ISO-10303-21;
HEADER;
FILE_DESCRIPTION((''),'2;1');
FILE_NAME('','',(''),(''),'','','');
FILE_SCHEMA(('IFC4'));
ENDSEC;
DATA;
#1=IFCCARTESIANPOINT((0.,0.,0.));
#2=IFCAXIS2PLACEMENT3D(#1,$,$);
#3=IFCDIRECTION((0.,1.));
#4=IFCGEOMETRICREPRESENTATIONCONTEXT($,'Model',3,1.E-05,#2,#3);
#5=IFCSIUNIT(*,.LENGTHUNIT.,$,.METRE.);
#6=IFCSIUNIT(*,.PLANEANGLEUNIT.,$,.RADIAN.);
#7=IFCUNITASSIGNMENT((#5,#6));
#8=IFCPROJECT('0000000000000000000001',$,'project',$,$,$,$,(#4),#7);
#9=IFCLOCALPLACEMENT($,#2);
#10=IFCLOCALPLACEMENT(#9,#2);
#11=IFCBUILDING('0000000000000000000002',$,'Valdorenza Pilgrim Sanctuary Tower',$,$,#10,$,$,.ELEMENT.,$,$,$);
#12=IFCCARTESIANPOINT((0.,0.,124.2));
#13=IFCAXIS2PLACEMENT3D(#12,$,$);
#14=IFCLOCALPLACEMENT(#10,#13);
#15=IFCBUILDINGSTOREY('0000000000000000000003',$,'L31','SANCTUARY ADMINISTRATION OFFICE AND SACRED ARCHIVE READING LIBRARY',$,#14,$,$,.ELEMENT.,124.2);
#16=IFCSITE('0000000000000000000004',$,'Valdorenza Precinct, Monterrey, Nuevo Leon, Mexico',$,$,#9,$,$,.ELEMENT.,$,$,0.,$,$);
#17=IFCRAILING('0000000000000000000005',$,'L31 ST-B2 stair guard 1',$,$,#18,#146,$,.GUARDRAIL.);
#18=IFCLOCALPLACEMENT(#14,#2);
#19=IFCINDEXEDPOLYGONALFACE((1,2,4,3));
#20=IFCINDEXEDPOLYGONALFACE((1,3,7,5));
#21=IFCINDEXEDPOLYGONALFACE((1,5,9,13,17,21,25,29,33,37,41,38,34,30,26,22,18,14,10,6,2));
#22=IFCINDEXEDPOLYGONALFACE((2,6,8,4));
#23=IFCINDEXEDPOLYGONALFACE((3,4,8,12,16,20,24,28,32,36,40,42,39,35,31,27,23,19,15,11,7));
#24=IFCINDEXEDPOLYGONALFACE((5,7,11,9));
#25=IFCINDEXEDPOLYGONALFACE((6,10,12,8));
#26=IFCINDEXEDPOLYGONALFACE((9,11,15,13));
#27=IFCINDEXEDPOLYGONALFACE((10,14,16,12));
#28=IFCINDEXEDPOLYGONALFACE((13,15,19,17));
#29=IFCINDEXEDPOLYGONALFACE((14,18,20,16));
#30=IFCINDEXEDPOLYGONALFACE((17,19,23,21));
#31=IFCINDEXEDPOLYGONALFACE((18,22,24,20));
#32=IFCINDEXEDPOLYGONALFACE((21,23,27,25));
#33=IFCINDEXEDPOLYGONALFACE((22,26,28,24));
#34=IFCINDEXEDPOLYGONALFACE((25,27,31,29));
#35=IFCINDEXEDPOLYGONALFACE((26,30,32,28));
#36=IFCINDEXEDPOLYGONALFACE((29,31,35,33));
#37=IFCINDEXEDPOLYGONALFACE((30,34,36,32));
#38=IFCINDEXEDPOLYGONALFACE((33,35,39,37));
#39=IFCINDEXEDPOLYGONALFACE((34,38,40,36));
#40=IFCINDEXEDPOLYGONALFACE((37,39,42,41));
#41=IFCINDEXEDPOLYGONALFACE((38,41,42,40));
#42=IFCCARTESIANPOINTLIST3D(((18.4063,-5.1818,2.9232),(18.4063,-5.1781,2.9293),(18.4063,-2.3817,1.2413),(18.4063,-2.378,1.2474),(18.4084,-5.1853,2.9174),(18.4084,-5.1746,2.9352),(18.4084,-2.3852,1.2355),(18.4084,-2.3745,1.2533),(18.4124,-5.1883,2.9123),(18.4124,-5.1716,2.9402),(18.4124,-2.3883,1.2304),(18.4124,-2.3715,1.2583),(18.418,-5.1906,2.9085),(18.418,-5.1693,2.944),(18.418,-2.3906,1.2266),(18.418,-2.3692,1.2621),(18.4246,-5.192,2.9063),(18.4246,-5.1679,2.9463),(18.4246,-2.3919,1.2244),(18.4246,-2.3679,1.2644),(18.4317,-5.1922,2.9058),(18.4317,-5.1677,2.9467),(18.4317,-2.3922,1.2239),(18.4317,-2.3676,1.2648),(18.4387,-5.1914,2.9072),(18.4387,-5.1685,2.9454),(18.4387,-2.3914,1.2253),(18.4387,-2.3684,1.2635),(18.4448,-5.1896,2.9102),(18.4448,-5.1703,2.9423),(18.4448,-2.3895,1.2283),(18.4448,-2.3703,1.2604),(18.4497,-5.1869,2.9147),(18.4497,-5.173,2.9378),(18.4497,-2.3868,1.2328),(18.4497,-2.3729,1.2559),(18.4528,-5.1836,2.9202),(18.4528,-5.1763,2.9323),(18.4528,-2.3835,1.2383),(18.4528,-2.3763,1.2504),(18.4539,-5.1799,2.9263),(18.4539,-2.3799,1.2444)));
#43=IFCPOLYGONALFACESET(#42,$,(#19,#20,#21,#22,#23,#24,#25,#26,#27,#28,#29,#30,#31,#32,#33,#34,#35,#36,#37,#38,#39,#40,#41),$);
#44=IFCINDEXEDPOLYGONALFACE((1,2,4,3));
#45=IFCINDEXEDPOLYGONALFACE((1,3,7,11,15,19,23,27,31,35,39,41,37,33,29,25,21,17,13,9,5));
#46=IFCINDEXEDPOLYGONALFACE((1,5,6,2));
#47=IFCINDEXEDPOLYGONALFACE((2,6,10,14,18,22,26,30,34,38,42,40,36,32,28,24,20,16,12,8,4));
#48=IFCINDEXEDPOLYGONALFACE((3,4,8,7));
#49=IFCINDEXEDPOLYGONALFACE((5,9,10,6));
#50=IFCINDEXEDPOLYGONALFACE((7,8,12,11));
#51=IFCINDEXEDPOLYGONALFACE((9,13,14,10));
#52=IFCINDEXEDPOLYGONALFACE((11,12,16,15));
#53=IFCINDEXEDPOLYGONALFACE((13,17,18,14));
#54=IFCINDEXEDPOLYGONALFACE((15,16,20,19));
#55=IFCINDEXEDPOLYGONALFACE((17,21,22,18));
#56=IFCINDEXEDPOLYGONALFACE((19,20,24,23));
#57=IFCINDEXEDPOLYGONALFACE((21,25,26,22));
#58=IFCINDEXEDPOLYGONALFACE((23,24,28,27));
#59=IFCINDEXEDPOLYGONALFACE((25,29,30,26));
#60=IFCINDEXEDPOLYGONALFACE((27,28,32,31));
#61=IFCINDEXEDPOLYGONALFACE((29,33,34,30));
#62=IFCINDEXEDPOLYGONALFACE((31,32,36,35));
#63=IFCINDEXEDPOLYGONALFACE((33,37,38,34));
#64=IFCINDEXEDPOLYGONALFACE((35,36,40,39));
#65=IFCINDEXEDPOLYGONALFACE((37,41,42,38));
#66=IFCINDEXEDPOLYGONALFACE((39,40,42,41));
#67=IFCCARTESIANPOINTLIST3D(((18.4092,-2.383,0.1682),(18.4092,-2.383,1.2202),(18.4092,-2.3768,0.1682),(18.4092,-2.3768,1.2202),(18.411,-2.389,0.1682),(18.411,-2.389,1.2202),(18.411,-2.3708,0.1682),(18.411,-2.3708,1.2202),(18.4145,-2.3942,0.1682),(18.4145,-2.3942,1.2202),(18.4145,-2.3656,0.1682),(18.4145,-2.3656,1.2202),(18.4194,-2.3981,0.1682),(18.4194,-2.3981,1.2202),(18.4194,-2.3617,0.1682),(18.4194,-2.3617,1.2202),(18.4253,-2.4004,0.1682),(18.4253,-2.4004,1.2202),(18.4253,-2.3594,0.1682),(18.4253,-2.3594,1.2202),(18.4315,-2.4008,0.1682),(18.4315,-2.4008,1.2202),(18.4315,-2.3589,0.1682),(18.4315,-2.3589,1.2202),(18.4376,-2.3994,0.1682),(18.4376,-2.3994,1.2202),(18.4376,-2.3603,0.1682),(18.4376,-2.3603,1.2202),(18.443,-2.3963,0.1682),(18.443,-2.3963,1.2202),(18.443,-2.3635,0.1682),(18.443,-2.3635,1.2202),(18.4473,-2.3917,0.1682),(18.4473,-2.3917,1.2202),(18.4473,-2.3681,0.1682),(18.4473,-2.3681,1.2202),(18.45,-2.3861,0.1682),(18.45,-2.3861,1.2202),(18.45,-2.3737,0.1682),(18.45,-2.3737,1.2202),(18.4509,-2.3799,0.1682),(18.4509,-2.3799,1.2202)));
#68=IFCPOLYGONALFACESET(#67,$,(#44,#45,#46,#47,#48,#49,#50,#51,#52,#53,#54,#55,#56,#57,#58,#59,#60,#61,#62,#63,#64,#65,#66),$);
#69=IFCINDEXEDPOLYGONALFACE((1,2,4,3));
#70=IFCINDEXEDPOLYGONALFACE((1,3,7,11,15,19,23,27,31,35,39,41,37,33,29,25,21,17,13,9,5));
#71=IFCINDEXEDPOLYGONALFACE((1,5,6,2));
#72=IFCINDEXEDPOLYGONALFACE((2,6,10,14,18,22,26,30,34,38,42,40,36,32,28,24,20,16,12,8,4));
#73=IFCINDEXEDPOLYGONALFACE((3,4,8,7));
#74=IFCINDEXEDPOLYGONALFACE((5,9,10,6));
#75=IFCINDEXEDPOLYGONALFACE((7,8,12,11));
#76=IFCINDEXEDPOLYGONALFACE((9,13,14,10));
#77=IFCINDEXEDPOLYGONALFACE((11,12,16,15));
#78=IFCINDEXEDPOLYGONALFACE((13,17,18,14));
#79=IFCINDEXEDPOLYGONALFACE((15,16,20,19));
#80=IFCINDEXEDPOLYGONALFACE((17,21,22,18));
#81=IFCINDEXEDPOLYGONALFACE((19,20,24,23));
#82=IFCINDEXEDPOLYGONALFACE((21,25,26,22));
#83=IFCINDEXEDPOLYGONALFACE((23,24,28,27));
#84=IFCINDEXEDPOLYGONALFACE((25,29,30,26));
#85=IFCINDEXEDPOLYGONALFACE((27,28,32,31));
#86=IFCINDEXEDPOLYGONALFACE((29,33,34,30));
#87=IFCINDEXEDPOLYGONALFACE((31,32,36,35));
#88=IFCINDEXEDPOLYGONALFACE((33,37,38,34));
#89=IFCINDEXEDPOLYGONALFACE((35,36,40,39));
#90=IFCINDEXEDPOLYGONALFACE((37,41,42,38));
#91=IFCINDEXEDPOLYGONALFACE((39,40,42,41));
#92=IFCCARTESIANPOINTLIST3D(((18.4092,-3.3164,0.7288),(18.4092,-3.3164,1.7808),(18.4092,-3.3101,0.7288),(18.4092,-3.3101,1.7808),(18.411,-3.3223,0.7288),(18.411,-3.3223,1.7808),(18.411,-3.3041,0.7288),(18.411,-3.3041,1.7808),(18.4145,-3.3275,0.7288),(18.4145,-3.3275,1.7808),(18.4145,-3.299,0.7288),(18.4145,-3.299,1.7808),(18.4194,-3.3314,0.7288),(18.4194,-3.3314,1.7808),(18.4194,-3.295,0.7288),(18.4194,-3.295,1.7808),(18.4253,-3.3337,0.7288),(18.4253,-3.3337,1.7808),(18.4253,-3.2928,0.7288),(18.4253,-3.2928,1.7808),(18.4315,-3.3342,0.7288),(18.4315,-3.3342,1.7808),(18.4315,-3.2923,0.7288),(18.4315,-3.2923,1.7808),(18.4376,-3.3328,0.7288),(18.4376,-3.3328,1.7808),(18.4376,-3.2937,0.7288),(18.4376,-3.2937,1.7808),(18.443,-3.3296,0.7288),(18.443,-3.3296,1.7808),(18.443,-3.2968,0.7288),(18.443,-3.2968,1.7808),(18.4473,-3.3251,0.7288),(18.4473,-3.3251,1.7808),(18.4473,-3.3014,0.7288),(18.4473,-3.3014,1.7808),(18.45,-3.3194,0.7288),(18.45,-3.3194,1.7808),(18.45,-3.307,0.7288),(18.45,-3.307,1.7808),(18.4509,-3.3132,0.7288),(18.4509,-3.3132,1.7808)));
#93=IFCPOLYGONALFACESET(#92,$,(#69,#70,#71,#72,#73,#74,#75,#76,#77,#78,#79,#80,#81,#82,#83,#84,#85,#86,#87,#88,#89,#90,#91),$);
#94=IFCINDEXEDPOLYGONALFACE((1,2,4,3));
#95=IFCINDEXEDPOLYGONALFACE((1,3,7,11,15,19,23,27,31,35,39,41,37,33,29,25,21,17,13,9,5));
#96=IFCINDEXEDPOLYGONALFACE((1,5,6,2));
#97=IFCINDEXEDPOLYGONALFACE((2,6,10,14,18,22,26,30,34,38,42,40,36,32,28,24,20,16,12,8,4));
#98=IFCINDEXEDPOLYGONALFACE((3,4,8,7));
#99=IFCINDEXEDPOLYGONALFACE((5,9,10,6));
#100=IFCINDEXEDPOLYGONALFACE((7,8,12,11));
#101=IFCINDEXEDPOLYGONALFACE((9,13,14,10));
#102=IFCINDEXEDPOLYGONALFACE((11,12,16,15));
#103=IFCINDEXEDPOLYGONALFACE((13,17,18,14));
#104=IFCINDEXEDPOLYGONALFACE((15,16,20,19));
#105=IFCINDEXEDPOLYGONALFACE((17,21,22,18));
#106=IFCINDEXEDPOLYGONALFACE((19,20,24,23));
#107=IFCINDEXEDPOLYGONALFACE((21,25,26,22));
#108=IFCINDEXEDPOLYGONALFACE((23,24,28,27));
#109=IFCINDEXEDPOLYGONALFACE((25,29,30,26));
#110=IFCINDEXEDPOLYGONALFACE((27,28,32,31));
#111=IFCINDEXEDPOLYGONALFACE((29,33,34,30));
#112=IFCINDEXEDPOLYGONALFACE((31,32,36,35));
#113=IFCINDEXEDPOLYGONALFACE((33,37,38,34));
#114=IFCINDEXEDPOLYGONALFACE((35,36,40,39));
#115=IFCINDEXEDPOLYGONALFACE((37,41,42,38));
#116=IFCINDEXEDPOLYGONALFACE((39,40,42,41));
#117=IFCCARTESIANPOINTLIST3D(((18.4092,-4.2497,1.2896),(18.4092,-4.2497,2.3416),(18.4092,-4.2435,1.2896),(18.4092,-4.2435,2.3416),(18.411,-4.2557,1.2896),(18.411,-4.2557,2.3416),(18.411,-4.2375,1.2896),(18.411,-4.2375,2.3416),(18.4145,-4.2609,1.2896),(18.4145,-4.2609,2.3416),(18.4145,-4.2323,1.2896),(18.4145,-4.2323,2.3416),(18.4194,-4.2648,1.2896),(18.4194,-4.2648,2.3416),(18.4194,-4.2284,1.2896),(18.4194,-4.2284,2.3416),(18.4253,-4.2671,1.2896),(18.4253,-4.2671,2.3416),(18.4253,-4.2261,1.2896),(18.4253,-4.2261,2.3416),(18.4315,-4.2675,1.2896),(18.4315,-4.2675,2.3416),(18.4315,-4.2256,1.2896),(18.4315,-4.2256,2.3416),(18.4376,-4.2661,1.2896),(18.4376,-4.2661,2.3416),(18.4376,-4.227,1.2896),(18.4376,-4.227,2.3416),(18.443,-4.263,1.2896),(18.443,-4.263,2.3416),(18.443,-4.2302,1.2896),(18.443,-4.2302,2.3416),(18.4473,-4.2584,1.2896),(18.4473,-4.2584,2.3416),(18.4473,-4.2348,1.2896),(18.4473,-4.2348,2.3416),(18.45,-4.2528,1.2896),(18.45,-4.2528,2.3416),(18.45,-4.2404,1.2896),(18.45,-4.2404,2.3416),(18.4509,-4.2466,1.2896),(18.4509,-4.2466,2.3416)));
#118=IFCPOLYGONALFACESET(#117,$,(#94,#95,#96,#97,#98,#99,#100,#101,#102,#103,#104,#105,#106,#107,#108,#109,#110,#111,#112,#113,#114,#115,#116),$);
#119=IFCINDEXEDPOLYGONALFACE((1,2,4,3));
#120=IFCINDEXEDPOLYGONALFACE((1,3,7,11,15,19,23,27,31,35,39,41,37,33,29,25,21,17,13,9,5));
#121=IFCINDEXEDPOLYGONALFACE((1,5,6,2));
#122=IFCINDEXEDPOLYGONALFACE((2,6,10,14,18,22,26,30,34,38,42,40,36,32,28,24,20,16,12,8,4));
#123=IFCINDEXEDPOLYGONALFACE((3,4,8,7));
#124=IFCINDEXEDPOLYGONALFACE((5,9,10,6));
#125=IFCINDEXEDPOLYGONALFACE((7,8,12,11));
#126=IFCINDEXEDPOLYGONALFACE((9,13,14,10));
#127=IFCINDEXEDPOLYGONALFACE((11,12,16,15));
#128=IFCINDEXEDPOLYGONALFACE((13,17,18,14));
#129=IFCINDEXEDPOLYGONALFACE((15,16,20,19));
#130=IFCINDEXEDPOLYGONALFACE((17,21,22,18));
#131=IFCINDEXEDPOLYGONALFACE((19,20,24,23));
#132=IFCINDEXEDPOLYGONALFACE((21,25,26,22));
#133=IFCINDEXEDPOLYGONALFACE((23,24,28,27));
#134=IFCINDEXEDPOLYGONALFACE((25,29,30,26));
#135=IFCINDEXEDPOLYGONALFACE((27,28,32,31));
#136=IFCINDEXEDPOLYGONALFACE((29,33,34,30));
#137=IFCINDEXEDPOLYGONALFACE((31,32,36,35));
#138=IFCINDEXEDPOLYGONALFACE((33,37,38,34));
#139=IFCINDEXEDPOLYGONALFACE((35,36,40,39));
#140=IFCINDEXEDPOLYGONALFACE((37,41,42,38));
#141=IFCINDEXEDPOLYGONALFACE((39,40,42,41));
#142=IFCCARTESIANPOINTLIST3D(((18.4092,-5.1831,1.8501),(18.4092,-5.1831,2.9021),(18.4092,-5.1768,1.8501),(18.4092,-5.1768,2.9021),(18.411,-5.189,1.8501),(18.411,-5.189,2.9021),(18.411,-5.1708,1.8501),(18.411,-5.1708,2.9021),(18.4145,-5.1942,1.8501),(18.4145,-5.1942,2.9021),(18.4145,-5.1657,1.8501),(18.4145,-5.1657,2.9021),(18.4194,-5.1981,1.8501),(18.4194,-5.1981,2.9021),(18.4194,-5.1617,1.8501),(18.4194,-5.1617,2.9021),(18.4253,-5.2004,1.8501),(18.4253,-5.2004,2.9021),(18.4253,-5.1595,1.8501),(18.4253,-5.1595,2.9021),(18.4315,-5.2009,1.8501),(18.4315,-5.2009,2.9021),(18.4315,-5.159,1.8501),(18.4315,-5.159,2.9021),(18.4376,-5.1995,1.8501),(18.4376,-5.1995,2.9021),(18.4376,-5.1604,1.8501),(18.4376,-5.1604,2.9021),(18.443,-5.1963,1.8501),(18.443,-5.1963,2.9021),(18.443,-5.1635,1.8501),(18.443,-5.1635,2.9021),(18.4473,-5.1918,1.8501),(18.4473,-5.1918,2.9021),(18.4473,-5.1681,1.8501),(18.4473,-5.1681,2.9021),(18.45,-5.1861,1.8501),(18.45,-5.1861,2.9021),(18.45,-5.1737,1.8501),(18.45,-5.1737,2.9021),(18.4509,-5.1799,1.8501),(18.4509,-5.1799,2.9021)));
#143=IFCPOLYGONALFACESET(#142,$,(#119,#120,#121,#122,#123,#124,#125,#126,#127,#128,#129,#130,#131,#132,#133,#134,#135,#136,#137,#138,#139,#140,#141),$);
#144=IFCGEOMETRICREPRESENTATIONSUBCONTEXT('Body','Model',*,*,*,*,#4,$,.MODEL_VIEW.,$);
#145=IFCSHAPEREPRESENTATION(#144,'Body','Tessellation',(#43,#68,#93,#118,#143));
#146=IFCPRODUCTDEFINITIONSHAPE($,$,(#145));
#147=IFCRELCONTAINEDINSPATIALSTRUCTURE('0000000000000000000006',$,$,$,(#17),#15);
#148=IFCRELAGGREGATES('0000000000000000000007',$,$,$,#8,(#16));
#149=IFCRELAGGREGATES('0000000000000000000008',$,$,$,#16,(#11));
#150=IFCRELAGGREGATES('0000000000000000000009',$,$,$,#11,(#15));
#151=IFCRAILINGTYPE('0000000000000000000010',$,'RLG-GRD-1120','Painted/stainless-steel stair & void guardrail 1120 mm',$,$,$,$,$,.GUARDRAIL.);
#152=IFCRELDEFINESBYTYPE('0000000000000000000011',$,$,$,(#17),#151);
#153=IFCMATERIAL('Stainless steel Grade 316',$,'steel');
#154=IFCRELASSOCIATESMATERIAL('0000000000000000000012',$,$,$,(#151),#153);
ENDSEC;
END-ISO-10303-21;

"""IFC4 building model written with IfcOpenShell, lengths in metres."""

from ifc_helpers import new_model, si_unit, direction, frame, origin, origin_2d, place, context, subcontext, project, spatial, circle, extrude, material, type_object, element, save


model = new_model("IFC4")

# Units and contexts
model_context = context("Model", 3, precision=1e-05, world=origin(), true_north=direction((0.0, 1.0)))
body_context = subcontext(model_context, "Body", "Model", "MODEL_VIEW")
ifc_project = project(units=[si_unit("LENGTHUNIT", "METRE"), si_unit("PLANEANGLEUNIT", "RADIAN")], contexts=[model_context])

# Site, building, storey
site_placement = place(None, origin())
site = spatial("IfcSite", under=ifc_project, at=site_placement, Name="Valdorenza Precinct, Monterrey, Nuevo Leon, Mexico", CompositionType="ELEMENT", RefElevation=0.0)
building_placement = place(site_placement, origin())
building = spatial("IfcBuilding", under=site, at=building_placement, Name="Valdorenza Pilgrim Sanctuary Tower", CompositionType="ELEMENT")
storey_placement = place(building_placement, frame((0.0, 0.0, 124.2)))
storey = spatial("IfcBuildingStorey", under=building, at=storey_placement, Name="L31", Description="SANCTUARY ADMINISTRATION OFFICE AND SACRED ARCHIVE READING LIBRARY", CompositionType="ELEMENT", Elevation=124.2)

# Railing
ifc_material_1 = material(Name="Stainless steel Grade 316", Category="steel")
railing_type_1 = type_object("IfcRailingType", Name="RLG-GRD-1120", Description="Painted/stainless-steel stair & void guardrail 1120 mm", PredefinedType="GUARDRAIL", material=ifc_material_1)
railing_1_placement = place(storey_placement, frame((18.4299, -2.3799, 0.1682)))
element("IfcRailing", 1, at=railing_1_placement, inside=storey, type_object=railing_type_1, Name="L31 ST-B2 stair guard 1", PredefinedType="GUARDRAIL", context=body_context, shape_type="SweptSolid", body=[
    extrude(circle(Radius=0.0239, at=origin_2d()), frame((0.0, 0.0, 1.0762), z_axis=(0.0, -0.857242, 0.514913), x_axis=(1.0, 0.0, 0.0)), (0.0, 0.0, 1.0), 3.2664),
    extrude(circle(Radius=0.021, at=origin_2d()), origin(), (0.0, 0.0, 1.0), 1.052),
    extrude(circle(Radius=0.021, at=origin_2d()), frame((0.0, -0.9333, 0.5605)), (0.0, 0.0, 1.0), 1.052),
    extrude(circle(Radius=0.021, at=origin_2d()), frame((0.0, -1.8667, 1.1213)), (0.0, 0.0, 1.0), 1.052),
    extrude(circle(Radius=0.021, at=origin_2d()), frame((0.0, -2.8, 1.6819)), (0.0, 0.0, 1.0), 1.052),
])

save(model, "model.ifc")
